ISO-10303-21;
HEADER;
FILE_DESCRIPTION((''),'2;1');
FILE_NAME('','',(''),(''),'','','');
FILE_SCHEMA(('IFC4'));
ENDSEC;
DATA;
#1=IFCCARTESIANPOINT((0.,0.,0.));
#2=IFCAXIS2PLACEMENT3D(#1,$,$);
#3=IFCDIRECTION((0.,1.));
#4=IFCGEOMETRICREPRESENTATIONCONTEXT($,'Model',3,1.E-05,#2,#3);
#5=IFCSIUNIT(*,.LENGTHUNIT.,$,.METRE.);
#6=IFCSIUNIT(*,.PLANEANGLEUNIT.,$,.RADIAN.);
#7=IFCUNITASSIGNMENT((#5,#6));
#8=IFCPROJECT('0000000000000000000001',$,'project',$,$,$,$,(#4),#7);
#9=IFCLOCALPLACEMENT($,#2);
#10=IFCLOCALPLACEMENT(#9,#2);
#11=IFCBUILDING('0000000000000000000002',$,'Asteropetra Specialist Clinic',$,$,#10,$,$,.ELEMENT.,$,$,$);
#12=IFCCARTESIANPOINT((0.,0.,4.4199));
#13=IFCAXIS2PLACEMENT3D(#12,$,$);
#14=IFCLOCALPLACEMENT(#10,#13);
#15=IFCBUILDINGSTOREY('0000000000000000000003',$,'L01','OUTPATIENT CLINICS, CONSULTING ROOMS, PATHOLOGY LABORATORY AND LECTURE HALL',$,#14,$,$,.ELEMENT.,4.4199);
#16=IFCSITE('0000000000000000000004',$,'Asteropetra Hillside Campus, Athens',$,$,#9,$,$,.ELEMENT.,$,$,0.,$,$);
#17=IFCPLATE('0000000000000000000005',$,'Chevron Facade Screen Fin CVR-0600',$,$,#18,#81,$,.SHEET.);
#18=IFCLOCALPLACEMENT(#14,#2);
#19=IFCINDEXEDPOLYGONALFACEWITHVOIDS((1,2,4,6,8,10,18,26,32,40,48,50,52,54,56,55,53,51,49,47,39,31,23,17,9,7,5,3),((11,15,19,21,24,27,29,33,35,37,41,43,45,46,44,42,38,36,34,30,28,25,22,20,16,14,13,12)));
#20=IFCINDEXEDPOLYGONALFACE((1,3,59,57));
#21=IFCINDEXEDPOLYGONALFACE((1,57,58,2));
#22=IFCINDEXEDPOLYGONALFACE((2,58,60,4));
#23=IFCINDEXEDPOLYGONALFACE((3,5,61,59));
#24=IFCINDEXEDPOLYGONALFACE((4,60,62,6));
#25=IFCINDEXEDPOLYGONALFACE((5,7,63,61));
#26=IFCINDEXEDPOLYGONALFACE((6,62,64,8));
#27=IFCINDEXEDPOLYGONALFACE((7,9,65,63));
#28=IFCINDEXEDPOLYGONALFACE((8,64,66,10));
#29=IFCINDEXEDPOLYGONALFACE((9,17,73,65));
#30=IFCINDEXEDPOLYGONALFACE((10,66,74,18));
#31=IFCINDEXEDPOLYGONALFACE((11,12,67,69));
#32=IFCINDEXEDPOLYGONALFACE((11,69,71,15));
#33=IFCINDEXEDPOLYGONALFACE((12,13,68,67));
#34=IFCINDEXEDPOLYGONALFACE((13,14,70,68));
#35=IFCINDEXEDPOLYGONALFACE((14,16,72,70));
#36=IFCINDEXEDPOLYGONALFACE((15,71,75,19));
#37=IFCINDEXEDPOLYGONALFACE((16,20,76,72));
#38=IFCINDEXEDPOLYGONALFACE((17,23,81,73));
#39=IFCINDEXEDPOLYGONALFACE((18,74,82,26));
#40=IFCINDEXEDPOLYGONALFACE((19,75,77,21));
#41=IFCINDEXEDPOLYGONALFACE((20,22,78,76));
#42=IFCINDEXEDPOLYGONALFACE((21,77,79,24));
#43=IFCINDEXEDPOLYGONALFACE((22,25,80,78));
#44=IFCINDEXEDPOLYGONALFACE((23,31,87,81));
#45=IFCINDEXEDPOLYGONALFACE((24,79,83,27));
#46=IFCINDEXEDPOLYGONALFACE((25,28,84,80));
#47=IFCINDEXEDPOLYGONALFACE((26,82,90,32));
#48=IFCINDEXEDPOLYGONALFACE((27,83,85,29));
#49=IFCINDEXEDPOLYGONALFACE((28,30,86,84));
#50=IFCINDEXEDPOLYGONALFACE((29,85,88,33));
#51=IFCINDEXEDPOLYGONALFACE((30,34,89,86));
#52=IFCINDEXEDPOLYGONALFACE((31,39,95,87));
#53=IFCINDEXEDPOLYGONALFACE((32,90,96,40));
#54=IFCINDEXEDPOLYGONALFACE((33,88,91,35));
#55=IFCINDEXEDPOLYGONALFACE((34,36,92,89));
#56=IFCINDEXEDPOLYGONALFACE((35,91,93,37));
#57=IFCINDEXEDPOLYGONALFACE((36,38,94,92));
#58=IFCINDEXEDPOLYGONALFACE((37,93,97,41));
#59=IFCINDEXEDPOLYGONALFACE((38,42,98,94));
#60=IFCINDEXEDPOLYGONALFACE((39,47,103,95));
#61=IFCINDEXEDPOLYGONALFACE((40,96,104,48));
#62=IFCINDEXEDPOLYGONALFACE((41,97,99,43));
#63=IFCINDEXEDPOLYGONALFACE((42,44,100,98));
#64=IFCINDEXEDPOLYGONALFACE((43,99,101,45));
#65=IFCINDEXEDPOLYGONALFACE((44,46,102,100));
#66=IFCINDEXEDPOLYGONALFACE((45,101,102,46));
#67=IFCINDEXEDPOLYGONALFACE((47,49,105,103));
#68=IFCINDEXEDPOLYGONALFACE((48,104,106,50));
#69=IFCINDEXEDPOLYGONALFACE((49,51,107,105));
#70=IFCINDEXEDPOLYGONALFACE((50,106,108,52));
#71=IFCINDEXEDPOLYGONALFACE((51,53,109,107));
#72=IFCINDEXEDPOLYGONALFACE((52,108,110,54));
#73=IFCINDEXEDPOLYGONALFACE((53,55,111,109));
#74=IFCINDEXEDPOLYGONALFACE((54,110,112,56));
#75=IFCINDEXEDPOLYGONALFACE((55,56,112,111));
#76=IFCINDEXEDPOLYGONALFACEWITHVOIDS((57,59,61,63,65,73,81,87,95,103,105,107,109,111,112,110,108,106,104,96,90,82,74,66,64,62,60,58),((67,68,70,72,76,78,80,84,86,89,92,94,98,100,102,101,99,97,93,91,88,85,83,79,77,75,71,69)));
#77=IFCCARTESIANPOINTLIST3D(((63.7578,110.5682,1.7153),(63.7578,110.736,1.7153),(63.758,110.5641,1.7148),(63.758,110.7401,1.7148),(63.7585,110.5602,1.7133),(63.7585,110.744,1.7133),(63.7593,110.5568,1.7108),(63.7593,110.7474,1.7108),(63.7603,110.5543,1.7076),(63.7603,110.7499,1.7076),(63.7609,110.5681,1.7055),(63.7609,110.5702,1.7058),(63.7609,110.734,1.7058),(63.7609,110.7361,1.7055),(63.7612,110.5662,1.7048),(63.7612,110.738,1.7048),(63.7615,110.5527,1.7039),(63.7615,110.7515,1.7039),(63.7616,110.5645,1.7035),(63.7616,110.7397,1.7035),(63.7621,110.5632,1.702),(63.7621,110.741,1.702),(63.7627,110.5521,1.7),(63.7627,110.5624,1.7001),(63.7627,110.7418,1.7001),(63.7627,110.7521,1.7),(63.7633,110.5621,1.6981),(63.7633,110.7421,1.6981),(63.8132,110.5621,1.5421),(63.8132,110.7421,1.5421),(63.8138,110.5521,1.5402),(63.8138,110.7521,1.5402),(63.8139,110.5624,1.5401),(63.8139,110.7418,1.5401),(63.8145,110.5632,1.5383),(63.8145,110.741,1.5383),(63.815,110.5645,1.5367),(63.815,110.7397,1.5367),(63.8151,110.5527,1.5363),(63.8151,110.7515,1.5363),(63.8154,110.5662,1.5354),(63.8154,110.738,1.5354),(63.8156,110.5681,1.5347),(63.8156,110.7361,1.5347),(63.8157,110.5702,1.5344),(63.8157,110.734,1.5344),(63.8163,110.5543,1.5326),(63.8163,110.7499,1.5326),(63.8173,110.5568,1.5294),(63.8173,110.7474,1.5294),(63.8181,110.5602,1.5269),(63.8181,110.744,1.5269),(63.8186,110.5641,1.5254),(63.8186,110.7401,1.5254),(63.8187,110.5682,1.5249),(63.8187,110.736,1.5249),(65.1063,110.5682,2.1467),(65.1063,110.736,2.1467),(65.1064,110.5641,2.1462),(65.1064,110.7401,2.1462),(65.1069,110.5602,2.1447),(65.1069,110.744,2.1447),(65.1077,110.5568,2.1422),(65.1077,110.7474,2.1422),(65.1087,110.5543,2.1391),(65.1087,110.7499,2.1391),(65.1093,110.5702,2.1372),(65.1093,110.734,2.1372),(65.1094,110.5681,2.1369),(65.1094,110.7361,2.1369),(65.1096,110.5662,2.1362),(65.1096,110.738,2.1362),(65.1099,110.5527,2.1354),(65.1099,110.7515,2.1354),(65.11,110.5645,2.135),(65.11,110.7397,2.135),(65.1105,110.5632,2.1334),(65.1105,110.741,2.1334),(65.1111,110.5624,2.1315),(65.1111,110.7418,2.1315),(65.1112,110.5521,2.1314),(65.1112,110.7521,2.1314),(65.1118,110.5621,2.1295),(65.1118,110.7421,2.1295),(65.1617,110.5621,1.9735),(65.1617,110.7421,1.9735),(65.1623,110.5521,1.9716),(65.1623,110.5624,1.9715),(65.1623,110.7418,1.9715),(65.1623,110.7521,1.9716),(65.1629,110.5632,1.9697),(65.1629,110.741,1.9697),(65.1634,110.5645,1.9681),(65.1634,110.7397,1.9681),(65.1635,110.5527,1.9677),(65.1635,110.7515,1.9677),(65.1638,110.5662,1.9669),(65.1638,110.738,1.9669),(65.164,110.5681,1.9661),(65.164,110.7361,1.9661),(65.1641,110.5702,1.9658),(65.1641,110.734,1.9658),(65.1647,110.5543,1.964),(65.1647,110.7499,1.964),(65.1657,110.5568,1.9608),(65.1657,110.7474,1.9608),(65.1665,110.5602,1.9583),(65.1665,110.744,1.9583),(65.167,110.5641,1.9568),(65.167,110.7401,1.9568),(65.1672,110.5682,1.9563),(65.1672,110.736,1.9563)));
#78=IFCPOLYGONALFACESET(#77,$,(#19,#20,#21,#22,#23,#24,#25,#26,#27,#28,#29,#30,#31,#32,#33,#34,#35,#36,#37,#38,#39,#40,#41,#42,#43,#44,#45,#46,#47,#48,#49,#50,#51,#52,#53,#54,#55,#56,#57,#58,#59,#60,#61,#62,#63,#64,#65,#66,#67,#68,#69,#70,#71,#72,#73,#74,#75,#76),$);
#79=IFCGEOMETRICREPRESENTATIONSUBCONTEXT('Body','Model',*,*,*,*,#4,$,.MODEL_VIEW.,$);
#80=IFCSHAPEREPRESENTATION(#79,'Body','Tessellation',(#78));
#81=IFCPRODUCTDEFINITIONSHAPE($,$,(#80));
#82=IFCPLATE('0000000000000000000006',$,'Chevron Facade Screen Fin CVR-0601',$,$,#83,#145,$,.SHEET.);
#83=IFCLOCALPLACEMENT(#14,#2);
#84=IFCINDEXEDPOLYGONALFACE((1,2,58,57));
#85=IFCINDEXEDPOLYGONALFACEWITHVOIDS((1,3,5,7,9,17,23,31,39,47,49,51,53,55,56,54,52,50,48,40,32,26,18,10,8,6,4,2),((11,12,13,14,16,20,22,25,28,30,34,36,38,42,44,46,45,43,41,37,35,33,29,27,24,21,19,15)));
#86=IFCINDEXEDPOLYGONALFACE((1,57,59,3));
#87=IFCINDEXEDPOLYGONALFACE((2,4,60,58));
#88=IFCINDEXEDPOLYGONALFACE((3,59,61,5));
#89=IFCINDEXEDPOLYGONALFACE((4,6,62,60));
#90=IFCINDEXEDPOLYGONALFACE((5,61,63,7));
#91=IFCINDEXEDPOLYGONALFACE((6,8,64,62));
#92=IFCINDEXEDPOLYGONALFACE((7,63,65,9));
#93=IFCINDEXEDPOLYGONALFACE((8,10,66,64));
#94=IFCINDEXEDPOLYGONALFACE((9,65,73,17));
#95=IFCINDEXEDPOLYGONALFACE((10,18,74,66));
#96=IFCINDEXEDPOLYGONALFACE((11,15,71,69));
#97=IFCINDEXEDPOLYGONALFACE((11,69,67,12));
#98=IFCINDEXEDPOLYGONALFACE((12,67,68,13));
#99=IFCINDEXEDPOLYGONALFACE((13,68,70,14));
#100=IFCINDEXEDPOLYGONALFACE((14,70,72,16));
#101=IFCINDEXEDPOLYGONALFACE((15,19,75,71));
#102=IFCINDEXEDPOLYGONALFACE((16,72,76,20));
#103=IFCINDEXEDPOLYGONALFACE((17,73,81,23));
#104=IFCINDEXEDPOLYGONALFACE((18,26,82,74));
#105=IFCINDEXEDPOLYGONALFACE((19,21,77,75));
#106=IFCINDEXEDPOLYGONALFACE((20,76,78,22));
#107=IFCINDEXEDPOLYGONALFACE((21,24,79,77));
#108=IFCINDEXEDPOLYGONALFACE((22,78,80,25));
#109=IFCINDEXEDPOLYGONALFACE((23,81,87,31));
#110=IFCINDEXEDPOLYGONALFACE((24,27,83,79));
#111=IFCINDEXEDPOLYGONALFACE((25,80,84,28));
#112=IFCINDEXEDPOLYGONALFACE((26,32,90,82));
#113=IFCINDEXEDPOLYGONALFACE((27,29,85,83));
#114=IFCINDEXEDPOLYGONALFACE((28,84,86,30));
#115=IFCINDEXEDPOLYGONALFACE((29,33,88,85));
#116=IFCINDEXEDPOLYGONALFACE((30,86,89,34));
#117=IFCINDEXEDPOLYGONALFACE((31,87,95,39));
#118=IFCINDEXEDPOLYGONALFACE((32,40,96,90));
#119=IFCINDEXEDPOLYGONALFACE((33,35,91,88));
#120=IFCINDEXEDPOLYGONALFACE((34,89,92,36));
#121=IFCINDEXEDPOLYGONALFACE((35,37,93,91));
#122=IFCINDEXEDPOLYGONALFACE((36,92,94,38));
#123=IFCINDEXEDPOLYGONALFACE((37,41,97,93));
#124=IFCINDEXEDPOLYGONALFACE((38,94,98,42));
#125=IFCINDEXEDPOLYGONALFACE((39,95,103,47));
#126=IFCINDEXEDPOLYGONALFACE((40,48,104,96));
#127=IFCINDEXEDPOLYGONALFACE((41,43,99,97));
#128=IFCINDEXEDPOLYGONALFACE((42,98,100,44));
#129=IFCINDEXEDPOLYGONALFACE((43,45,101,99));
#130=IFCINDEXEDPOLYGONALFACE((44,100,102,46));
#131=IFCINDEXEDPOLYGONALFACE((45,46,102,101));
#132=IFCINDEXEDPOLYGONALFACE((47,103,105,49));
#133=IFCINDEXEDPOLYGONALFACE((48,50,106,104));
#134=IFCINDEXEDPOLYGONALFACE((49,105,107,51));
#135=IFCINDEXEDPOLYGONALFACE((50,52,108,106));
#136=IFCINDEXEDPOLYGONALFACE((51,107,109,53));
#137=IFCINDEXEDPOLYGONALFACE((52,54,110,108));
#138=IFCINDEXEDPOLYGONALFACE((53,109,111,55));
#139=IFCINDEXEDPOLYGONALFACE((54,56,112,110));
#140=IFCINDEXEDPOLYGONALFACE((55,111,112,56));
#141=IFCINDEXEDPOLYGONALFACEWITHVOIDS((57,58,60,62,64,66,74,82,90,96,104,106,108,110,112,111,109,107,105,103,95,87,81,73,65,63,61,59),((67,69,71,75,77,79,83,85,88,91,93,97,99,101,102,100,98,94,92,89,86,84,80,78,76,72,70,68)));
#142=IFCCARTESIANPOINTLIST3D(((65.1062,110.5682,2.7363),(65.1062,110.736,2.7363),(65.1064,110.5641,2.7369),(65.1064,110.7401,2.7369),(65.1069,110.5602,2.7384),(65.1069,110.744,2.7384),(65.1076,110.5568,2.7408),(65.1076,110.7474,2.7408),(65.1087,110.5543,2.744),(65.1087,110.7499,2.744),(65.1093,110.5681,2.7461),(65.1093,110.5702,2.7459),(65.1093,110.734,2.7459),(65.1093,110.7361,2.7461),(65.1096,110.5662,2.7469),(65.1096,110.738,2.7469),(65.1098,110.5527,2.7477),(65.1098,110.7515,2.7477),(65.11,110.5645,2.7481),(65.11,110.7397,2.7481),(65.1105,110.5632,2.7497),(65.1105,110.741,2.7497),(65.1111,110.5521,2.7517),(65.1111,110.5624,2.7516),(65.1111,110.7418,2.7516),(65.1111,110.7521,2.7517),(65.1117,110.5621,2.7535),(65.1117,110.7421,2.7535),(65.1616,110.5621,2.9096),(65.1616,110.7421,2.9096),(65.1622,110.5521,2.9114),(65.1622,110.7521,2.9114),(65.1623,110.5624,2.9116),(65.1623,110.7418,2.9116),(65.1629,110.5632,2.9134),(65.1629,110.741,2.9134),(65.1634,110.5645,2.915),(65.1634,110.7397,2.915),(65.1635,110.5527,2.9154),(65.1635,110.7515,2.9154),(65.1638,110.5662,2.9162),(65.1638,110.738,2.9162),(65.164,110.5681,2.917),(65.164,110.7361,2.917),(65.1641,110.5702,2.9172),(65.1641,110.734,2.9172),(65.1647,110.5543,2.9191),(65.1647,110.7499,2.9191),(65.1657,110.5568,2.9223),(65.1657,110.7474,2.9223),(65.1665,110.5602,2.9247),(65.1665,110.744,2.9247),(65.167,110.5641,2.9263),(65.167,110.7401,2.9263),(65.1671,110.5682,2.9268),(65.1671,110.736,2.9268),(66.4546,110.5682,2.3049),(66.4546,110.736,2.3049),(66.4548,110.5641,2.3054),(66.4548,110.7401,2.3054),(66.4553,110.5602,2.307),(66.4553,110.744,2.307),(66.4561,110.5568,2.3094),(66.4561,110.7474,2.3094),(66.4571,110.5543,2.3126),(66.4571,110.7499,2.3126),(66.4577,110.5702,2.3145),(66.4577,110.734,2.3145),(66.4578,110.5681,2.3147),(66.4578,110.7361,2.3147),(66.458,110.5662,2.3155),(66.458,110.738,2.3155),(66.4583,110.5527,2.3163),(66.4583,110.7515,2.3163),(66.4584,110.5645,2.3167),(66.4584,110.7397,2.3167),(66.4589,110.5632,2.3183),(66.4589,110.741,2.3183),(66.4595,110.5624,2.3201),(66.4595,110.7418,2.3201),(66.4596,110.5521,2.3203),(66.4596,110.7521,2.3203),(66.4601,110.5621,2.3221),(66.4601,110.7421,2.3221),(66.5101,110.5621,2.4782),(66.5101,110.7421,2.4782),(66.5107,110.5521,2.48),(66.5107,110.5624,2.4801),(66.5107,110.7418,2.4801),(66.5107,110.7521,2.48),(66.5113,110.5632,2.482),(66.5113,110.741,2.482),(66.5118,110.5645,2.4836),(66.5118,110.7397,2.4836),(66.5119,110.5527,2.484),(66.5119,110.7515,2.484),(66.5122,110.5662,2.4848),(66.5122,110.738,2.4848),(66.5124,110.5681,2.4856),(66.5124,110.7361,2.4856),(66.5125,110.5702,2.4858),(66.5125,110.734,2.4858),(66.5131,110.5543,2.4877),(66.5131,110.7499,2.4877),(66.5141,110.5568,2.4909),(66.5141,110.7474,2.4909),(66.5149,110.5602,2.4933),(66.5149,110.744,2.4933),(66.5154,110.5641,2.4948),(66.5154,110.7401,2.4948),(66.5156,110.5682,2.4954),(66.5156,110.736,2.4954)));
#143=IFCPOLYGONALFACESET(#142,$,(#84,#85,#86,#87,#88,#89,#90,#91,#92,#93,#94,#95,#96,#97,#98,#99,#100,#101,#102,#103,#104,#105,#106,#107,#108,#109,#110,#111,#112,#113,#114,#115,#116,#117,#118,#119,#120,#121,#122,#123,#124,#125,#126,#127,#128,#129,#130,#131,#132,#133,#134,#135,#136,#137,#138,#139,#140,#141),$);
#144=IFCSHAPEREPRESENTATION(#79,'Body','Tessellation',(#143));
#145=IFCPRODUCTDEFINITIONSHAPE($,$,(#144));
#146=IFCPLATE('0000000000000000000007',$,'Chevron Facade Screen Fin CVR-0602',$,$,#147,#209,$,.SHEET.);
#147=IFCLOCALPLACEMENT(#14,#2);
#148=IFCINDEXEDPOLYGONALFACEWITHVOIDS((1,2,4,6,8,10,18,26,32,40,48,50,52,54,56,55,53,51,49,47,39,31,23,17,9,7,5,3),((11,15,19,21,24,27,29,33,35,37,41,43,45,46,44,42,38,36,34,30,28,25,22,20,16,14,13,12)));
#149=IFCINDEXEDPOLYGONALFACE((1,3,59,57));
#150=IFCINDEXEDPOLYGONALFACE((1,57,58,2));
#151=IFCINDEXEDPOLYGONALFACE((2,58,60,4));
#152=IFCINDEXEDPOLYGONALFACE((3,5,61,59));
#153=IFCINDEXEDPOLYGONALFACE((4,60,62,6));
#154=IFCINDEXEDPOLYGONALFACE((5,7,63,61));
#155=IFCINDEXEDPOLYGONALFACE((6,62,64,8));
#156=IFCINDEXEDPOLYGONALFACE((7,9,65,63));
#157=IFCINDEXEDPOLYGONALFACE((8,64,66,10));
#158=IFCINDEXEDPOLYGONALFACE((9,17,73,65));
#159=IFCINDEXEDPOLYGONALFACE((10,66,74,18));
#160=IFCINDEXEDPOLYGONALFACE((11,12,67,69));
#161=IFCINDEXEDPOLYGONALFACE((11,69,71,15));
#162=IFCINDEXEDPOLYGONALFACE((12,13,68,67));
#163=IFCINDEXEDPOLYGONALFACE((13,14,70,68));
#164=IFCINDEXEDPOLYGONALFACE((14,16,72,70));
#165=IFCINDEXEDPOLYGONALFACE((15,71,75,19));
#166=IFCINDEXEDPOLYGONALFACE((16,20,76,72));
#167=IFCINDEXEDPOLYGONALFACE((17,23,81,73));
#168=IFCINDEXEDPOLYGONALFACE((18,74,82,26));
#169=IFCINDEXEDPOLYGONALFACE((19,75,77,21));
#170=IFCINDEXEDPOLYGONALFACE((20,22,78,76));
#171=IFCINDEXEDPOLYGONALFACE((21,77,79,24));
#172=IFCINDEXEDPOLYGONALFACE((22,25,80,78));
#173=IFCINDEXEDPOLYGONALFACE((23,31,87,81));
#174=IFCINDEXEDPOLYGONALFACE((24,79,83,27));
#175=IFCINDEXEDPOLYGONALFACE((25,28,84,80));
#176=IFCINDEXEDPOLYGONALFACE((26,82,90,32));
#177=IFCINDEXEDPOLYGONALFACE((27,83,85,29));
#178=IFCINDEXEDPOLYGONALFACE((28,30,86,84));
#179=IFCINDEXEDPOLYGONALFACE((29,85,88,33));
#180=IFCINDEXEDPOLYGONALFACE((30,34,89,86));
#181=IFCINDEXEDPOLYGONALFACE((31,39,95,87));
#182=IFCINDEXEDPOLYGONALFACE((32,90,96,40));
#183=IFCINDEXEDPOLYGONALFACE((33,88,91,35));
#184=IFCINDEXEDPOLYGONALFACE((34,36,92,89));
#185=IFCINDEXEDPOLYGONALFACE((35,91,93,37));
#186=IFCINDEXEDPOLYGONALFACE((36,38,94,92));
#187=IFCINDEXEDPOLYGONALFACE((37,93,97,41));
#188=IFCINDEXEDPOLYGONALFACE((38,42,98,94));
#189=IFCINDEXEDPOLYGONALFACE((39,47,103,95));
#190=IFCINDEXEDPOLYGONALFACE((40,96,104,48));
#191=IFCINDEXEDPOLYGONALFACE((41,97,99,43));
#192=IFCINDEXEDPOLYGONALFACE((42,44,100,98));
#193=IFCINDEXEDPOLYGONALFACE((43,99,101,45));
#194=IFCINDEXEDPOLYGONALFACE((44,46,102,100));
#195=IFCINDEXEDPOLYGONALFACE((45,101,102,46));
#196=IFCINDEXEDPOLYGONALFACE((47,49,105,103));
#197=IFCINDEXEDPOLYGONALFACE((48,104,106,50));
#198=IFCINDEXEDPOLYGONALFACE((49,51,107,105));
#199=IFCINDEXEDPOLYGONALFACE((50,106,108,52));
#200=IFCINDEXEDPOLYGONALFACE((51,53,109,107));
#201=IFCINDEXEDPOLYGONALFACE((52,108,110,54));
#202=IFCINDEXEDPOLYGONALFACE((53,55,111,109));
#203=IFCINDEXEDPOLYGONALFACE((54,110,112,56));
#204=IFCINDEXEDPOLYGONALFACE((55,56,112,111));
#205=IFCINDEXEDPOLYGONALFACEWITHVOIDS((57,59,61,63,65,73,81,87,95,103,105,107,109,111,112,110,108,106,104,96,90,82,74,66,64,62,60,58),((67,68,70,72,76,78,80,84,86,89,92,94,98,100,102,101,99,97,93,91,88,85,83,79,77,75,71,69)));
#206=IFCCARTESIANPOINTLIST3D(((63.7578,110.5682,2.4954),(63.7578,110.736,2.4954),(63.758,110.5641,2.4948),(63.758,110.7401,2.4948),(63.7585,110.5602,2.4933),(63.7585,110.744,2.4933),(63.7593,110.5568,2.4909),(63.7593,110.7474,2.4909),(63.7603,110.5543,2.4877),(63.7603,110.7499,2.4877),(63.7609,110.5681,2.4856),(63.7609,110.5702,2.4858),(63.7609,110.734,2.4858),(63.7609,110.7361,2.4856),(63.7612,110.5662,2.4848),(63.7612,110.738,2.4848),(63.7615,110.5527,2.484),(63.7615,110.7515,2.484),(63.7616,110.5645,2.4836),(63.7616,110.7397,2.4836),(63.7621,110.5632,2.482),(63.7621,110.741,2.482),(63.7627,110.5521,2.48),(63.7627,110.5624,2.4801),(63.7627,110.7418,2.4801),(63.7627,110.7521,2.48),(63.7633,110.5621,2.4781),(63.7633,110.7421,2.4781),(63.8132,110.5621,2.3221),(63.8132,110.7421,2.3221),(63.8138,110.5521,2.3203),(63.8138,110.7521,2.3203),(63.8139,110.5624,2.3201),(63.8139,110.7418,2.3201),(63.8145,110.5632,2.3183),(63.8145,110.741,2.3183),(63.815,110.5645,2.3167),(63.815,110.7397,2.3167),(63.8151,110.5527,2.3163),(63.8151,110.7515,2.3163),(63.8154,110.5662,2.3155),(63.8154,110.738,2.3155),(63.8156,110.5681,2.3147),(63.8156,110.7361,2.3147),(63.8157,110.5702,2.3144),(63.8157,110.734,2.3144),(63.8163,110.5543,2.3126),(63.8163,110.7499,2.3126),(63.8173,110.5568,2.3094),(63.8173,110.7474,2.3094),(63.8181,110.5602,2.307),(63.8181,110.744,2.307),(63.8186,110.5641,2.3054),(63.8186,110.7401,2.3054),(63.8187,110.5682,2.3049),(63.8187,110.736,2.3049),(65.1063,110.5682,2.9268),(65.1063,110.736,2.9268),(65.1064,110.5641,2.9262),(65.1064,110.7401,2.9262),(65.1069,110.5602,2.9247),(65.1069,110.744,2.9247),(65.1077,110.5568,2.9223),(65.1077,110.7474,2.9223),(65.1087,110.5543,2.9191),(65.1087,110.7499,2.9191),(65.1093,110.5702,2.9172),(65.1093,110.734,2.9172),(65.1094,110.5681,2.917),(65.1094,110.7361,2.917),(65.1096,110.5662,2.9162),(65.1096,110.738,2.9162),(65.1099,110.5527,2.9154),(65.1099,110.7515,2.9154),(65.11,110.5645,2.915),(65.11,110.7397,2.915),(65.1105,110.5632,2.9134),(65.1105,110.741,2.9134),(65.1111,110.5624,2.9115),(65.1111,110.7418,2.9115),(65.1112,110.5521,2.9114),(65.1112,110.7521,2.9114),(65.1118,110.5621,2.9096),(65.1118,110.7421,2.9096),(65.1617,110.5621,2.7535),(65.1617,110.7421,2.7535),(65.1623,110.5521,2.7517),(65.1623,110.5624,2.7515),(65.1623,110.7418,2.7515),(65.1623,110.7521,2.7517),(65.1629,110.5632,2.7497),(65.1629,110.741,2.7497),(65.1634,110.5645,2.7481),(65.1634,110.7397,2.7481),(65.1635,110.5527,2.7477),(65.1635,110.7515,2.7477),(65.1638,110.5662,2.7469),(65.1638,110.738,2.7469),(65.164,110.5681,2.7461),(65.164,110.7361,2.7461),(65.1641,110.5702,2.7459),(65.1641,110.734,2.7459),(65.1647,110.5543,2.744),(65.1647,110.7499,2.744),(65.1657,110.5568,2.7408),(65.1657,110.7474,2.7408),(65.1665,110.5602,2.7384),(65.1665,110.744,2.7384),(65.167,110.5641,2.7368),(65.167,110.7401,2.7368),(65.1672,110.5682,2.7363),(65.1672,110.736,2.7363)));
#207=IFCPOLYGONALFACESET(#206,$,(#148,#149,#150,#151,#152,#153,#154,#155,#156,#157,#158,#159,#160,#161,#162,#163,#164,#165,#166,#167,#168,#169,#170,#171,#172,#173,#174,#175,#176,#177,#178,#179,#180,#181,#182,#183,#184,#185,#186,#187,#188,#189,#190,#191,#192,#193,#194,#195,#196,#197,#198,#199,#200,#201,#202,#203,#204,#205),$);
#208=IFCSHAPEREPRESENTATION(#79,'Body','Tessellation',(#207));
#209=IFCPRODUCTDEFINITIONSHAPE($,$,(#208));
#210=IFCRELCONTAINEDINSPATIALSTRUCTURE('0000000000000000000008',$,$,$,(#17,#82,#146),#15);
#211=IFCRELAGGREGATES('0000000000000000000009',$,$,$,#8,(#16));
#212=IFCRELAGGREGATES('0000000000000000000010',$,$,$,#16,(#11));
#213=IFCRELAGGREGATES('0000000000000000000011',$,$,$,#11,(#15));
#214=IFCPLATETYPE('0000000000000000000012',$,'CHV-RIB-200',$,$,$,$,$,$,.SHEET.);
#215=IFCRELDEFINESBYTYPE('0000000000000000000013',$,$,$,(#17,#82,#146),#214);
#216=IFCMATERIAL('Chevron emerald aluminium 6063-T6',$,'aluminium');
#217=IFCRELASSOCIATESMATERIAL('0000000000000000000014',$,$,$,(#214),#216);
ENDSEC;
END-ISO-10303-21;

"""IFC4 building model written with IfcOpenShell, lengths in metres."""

from ifc_helpers import new_model, si_unit, direction, frame, origin, origin_2d, place, context, subcontext, project, spatial, hollow_rectangle, extrude, material, material_profile, profile_set, type_object, element, save


model = new_model("IFC4")

# Units and contexts
model_context = context("Model", 3, precision=1e-05, world=origin(), true_north=direction((0.0, 1.0)))
body_context = subcontext(model_context, "Body", "Model", "MODEL_VIEW")
ifc_project = project(units=[si_unit("LENGTHUNIT", "METRE"), si_unit("PLANEANGLEUNIT", "RADIAN")], contexts=[model_context])

# Site, building, storey
site_placement = place(None, origin())
site = spatial("IfcSite", under=ifc_project, at=site_placement, Name="Asteropetra Hillside Campus, Athens", CompositionType="ELEMENT", RefElevation=0.0)
building_placement = place(site_placement, origin())
building = spatial("IfcBuilding", under=site, at=building_placement, Name="Asteropetra Specialist Clinic", CompositionType="ELEMENT")
storey_placement = place(building_placement, frame((0.0, 0.0, 4.4199)))
storey = spatial("IfcBuildingStorey", under=building, at=storey_placement, Name="L01", Description="OUTPATIENT CLINICS, CONSULTING ROOMS, PATHOLOGY LABORATORY AND LECTURE HALL", CompositionType="ELEMENT", Elevation=4.4199)

# Plates
ifc_material_1 = material(Name="Chevron emerald aluminium 6063-T6", Category="aluminium")
ifc_material_profile_1 = material_profile(ifc_material_1, hollow_rectangle(XDim=0.2, YDim=0.2, WallThickness=0.01, InnerFilletRadius=0.0081, OuterFilletRadius=0.0161, at=origin_2d()), Name="SHS 200x200x10.0")
ifc_profile_set_1 = profile_set([ifc_material_profile_1], Name="Chevron emerald aluminium 6063-T6")
plate_type_1 = type_object("IfcPlateType", Name="CHV-RIB-200", PredefinedType="SHEET", material=ifc_profile_set_1)
for number, where, z_axis, x_axis, name in (
    (1, (65.1367, 110.6521, 2.0515), (-0.952442, 0.0, -0.304719), (0.0, -1.0, 0.0), "Chevron Facade Screen Fin CVR-0600"),
    (2, (66.4851, 110.6521, 2.4001), (-0.952442, 0.0, 0.304719), (0.0, -1.0, 0.0), "Chevron Facade Screen Fin CVR-0601"),
    (3, (65.1367, 110.6521, 2.8315), (-0.952442, 0.0, -0.304719), (0.0, -1.0, 0.0), "Chevron Facade Screen Fin CVR-0602"),
):
    element("IfcPlate", number, at=place(storey_placement, frame(where, z_axis=z_axis, x_axis=x_axis)), inside=storey, type_object=plate_type_1, Name=name, PredefinedType="SHEET", context=body_context, shape_type="SweptSolid", body=[
        extrude(hollow_rectangle(XDim=0.2, YDim=0.2, WallThickness=0.01, InnerFilletRadius=0.0081, OuterFilletRadius=0.0161, at=origin_2d()), origin(), (0.0, 0.0, 1.0), 1.4158),
    ])

save(model, "model.ifc")
